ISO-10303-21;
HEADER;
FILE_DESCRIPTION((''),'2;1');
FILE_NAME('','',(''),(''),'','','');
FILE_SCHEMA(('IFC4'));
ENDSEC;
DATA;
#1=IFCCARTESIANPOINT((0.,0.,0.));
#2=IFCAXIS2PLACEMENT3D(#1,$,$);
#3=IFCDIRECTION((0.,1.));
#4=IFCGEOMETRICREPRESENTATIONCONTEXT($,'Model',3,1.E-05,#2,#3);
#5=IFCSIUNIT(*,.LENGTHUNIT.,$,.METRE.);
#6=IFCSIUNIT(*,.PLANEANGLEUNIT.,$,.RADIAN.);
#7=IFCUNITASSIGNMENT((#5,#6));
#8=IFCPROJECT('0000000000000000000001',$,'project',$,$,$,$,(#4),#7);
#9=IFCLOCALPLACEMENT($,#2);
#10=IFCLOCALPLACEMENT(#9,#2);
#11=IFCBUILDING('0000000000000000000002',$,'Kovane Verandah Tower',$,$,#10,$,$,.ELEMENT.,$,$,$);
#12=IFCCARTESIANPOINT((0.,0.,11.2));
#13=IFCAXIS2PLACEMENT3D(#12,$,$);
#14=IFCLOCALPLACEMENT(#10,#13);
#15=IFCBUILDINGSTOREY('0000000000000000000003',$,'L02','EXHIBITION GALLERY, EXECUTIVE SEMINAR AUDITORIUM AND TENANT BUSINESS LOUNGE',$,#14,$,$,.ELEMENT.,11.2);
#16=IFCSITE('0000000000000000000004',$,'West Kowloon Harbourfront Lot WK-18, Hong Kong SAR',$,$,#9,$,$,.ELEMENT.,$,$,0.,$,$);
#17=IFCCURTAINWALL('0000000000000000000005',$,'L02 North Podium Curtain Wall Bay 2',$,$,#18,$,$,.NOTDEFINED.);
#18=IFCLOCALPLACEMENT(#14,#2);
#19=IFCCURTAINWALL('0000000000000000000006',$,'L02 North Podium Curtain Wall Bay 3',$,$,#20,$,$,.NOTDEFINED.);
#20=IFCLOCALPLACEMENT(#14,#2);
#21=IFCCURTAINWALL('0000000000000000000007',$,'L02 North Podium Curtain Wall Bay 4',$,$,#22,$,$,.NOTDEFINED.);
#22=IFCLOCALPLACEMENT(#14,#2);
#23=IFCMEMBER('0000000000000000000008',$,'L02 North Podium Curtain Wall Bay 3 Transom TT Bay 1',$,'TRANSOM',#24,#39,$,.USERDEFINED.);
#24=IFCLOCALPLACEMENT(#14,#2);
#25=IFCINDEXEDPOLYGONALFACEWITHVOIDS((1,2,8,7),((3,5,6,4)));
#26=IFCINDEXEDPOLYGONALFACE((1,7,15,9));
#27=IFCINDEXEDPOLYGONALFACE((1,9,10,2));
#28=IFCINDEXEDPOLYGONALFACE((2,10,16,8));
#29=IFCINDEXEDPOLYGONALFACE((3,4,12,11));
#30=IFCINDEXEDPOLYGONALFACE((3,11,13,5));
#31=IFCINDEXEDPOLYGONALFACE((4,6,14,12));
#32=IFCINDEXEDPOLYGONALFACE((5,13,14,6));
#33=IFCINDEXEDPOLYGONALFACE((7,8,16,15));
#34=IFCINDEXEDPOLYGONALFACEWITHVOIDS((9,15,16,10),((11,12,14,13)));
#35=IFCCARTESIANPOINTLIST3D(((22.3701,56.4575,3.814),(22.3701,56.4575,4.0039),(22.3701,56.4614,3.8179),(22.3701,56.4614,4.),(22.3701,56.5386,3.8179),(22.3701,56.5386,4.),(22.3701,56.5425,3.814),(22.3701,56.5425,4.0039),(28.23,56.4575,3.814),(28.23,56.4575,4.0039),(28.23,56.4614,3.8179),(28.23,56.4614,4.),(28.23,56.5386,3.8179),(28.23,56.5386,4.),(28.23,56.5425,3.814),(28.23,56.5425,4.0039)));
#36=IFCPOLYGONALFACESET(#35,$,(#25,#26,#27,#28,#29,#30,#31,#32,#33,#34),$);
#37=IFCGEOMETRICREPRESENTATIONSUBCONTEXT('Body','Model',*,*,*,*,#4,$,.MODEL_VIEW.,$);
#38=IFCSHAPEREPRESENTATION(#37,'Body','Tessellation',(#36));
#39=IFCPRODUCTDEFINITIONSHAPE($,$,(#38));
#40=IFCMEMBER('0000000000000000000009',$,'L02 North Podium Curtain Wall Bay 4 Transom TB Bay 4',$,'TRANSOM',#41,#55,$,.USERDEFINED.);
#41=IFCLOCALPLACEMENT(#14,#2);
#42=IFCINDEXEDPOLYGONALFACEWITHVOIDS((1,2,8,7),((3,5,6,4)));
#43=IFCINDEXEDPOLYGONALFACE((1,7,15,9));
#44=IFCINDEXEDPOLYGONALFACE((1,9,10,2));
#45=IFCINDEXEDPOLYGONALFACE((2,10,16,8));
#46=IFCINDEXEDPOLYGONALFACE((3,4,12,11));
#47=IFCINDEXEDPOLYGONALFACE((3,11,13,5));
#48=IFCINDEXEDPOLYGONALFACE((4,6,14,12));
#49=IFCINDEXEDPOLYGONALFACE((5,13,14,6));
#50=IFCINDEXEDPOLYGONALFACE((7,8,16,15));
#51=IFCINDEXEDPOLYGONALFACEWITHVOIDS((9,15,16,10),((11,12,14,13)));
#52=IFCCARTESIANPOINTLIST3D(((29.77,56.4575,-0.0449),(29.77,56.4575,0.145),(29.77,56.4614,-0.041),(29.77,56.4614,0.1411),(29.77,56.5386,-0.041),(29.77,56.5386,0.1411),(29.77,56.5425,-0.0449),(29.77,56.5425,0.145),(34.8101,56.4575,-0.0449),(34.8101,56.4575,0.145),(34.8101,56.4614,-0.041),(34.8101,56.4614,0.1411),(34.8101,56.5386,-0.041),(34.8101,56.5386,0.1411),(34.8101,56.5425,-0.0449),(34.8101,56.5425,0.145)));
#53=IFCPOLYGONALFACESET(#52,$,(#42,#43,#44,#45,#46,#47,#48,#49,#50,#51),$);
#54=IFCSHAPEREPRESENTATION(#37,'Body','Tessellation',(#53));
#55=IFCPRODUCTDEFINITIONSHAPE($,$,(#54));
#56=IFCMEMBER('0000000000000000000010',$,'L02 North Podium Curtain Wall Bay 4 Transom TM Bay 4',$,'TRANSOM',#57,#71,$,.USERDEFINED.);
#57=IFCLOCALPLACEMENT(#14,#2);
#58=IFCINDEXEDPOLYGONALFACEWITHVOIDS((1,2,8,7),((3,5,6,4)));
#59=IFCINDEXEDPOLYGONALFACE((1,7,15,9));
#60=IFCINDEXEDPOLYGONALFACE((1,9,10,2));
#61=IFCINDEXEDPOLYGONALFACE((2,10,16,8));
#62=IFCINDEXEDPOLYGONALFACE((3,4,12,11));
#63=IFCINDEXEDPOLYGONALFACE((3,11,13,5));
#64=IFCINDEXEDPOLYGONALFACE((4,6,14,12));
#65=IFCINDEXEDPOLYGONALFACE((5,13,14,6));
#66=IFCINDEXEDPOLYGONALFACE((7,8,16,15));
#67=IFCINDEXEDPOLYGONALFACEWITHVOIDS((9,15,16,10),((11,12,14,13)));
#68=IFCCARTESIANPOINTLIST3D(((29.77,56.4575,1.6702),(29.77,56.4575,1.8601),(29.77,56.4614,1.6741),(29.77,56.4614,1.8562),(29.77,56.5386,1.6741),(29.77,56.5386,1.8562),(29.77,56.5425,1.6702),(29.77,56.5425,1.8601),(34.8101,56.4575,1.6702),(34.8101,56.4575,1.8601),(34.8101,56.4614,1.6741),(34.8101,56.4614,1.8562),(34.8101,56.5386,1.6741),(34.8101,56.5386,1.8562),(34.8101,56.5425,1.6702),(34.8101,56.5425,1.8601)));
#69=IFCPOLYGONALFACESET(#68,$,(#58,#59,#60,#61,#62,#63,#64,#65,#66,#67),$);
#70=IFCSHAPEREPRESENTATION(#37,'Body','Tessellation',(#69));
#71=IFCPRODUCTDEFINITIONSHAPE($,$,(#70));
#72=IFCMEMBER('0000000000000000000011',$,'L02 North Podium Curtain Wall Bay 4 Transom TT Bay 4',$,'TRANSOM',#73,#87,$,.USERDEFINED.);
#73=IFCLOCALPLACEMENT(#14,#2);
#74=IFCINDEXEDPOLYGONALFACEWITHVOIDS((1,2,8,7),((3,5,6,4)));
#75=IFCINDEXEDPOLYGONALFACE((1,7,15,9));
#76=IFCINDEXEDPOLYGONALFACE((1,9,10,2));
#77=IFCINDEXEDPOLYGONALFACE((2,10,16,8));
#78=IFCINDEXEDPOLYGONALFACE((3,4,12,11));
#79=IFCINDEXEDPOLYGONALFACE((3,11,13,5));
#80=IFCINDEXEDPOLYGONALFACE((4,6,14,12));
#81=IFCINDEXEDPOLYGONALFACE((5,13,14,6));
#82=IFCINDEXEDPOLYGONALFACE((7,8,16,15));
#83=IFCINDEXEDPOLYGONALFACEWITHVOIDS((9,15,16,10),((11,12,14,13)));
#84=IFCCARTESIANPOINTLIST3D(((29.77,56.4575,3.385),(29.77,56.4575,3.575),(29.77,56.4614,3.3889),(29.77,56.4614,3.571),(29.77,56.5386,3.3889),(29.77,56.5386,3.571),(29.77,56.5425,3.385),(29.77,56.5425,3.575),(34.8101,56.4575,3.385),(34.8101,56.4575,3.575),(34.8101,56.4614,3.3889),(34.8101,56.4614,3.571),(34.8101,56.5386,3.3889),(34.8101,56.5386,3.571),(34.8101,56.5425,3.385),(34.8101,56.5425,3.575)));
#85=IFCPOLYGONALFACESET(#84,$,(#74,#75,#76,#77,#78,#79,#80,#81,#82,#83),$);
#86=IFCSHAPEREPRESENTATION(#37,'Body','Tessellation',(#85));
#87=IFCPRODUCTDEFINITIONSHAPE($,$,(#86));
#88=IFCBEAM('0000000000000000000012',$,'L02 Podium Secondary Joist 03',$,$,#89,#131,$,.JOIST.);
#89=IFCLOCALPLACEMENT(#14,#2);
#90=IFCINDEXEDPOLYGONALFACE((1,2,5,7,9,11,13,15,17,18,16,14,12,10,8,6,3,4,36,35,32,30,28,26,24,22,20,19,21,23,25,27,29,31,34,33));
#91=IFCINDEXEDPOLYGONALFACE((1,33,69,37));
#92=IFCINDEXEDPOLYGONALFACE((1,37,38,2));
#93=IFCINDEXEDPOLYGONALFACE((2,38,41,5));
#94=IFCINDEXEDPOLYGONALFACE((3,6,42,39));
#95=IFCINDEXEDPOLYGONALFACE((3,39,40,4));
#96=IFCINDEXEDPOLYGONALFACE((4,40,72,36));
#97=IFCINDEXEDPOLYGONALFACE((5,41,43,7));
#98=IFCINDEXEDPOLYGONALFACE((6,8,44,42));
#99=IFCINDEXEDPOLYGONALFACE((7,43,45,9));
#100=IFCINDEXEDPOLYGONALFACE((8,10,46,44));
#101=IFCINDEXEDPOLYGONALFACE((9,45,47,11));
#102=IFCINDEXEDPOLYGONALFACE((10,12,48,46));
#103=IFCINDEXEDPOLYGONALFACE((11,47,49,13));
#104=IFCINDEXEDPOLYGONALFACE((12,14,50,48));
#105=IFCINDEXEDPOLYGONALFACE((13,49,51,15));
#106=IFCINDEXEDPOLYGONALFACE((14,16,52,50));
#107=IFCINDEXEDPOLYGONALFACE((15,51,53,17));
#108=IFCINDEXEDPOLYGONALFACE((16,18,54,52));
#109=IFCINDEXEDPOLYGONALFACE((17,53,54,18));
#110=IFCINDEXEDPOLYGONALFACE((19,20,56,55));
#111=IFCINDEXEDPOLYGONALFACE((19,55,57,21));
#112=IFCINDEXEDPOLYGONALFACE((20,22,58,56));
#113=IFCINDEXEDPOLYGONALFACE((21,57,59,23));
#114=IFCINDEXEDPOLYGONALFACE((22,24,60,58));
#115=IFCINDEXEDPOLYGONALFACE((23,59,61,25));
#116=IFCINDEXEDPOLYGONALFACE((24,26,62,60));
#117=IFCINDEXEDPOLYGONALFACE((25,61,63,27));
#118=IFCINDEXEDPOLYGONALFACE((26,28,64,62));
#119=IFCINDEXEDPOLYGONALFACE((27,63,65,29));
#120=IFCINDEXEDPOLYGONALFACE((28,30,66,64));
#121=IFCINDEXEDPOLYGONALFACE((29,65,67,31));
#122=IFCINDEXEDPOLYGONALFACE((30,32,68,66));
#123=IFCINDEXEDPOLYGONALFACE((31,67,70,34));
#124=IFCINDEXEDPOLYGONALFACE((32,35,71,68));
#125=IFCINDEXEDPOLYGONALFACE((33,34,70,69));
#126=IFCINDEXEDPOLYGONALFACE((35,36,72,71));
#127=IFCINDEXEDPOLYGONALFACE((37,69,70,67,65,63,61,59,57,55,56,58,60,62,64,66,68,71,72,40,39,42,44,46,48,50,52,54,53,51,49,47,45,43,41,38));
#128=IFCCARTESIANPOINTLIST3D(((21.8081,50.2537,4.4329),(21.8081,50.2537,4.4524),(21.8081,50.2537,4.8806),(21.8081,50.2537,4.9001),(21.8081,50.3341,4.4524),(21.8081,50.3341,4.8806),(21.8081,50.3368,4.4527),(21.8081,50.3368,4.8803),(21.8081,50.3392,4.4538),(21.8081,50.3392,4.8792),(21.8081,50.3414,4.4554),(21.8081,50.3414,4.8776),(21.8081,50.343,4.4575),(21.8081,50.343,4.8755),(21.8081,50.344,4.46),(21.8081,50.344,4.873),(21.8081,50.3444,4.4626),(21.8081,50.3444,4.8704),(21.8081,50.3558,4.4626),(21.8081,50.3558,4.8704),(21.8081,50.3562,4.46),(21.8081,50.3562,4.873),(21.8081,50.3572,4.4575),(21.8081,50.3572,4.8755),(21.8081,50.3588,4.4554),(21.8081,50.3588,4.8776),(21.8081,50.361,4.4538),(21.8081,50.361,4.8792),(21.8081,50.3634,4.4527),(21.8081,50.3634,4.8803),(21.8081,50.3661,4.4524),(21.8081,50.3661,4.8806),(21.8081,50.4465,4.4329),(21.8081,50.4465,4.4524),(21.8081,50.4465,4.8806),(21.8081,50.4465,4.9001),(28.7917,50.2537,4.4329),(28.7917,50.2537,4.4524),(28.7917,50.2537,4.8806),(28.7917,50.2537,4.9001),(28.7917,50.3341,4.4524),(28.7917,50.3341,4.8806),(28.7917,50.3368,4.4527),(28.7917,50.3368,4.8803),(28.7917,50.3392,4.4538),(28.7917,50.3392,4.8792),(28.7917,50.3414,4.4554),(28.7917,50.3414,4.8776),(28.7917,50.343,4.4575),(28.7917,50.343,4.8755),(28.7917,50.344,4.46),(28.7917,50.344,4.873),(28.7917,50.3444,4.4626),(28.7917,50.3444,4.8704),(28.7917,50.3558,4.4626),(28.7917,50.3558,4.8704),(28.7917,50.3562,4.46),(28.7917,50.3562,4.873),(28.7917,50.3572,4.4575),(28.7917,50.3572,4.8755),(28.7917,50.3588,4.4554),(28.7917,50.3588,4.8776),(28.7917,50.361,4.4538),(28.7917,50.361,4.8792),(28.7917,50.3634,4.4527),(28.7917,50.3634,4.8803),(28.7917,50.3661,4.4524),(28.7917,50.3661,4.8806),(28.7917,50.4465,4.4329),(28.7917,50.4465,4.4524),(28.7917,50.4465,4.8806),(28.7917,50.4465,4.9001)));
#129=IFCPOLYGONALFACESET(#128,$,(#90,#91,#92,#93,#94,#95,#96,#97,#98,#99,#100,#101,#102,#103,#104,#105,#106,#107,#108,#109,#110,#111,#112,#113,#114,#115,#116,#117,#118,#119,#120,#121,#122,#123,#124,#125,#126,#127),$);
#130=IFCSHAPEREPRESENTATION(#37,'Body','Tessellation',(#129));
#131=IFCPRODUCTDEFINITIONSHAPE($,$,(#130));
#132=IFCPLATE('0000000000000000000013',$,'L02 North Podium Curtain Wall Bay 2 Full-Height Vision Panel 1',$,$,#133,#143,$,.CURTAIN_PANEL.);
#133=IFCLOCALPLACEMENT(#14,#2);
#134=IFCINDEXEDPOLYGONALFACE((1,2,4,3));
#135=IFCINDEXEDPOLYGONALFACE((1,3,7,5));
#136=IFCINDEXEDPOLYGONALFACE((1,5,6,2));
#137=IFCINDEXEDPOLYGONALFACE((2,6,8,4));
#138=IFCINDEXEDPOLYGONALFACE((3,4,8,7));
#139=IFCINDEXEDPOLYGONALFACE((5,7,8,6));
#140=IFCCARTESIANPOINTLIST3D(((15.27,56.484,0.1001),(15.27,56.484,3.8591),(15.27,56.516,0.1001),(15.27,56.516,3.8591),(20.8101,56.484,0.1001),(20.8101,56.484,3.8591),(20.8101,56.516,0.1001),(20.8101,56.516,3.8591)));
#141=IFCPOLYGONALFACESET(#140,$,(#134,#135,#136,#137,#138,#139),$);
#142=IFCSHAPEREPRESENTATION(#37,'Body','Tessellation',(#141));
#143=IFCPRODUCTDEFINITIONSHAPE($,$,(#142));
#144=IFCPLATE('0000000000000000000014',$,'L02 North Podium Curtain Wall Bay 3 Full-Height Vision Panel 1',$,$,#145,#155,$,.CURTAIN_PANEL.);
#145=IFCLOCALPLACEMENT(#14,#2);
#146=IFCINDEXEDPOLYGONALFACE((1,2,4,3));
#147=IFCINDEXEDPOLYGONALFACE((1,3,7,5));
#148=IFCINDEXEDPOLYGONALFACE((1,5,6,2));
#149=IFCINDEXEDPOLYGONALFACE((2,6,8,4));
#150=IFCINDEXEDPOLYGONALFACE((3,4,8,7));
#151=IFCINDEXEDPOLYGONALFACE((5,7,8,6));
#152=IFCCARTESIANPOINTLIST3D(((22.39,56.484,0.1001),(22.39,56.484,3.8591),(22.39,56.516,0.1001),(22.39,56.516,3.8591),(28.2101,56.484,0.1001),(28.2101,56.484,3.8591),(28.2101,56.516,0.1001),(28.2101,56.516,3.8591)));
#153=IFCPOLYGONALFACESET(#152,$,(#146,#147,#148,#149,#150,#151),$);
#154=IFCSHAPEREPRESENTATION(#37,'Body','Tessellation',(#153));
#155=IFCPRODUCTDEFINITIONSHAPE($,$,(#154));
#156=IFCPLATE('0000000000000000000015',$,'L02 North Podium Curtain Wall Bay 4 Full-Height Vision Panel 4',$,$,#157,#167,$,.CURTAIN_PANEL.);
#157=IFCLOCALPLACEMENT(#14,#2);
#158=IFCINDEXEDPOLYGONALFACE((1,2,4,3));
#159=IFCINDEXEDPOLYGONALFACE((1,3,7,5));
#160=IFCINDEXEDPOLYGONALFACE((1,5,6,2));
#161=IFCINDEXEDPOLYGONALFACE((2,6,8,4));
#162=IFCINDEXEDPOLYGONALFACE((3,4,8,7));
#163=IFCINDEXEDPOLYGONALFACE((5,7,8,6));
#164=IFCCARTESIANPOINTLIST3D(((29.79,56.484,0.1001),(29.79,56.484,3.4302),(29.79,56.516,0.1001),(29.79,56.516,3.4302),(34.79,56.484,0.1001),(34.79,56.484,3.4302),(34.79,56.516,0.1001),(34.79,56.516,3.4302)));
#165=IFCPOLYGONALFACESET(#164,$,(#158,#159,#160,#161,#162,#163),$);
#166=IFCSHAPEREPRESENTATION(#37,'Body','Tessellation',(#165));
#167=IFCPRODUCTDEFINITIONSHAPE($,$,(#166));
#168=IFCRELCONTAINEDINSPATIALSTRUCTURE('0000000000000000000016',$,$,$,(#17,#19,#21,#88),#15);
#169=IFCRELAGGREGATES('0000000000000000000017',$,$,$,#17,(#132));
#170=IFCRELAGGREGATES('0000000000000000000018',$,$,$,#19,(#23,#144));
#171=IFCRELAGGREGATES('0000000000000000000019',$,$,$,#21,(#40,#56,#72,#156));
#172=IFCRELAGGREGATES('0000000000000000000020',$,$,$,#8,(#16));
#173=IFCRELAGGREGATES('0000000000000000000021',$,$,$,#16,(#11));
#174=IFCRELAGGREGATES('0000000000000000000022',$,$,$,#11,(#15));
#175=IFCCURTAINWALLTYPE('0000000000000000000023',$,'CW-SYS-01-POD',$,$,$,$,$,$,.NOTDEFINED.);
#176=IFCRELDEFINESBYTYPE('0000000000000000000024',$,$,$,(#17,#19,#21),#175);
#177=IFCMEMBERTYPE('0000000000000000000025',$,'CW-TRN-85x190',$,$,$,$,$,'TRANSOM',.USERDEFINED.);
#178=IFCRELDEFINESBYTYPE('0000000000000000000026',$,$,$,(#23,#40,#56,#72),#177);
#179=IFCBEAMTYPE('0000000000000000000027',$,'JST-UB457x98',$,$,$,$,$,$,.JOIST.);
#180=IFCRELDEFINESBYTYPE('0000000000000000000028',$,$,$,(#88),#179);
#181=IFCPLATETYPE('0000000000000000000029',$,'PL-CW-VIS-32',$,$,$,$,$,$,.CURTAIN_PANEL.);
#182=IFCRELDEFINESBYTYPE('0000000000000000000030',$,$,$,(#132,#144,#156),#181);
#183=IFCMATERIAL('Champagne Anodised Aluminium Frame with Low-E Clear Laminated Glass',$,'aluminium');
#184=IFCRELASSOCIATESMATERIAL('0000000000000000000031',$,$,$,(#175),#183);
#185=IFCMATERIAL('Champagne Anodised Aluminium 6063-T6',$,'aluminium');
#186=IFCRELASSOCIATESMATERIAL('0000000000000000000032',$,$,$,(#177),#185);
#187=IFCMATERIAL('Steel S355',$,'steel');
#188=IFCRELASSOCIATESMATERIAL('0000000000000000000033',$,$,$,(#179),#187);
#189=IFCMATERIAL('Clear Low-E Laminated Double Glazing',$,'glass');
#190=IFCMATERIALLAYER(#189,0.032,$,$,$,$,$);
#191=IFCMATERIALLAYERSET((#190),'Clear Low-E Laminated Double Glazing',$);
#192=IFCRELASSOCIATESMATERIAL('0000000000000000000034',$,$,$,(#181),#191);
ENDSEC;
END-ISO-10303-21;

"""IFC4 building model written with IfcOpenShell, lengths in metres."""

from ifc_helpers import new_model, si_unit, direction, frame, origin, origin_2d, place, context, subcontext, project, spatial, rectangle, hollow_rectangle, i_section, extrude, material, layer, layer_set, material_profile, profile_set, type_object, element, aggregate, save


model = new_model("IFC4")

# Units and contexts
model_context = context("Model", 3, precision=1e-05, world=origin(), true_north=direction((0.0, 1.0)))
body_context = subcontext(model_context, "Body", "Model", "MODEL_VIEW")
ifc_project = project(units=[si_unit("LENGTHUNIT", "METRE"), si_unit("PLANEANGLEUNIT", "RADIAN")], contexts=[model_context])

# Site, building, storey
site_placement = place(None, origin())
site = spatial("IfcSite", under=ifc_project, at=site_placement, Name="West Kowloon Harbourfront Lot WK-18, Hong Kong SAR", CompositionType="ELEMENT", RefElevation=0.0)
building_placement = place(site_placement, origin())
building = spatial("IfcBuilding", under=site, at=building_placement, Name="Kovane Verandah Tower", CompositionType="ELEMENT")
storey_placement = place(building_placement, frame((0.0, 0.0, 11.2)))
storey = spatial("IfcBuildingStorey", under=building, at=storey_placement, Name="L02", Description="EXHIBITION GALLERY, EXECUTIVE SEMINAR AUDITORIUM AND TENANT BUSINESS LOUNGE", CompositionType="ELEMENT", Elevation=11.2)

# Curtain walls
ifc_material_1 = material(Name="Champagne Anodised Aluminium Frame with Low-E Clear Laminated Glass", Category="aluminium")
curtain_wall_type = type_object("IfcCurtainWallType", Name="CW-SYS-01-POD", PredefinedType="NOTDEFINED", material=ifc_material_1)
curtain_wall_1_placement = place(storey_placement, origin())
curtain_wall_1 = element("IfcCurtainWall", 1, at=curtain_wall_1_placement, inside=storey, type_object=curtain_wall_type, Name="L02 North Podium Curtain Wall Bay 2", PredefinedType="NOTDEFINED")
ifc_material_2 = material(Name="Champagne Anodised Aluminium 6063-T6", Category="aluminium")
curtain_wall_2_placement = place(storey_placement, origin())
curtain_wall_2 = element("IfcCurtainWall", 2, at=curtain_wall_2_placement, inside=storey, type_object=curtain_wall_type, Name="L02 North Podium Curtain Wall Bay 3", PredefinedType="NOTDEFINED")
curtain_wall_3_placement = place(storey_placement, origin())
curtain_wall_3 = element("IfcCurtainWall", 3, at=curtain_wall_3_placement, inside=storey, type_object=curtain_wall_type, Name="L02 North Podium Curtain Wall Bay 4", PredefinedType="NOTDEFINED")

# Members
ifc_material_profile_1 = material_profile(ifc_material_2, hollow_rectangle(XDim=0.085, YDim=0.1899, WallThickness=0.0039, at=origin_2d()), Name="AL85x190x4")
ifc_profile_set_1 = profile_set([ifc_material_profile_1], Name="Champagne Anodised Aluminium 6063-T6")
member_type_1 = type_object("IfcMemberType", Name="CW-TRN-85x190", ElementType="TRANSOM", PredefinedType="USERDEFINED", material=ifc_profile_set_1)
member_1_placement = place(storey_placement, frame((28.23, 56.5, 3.9089), z_axis=(-1.0, 0.0, 0.0), x_axis=(0.0, -1.0, 0.0)))
member_1 = element("IfcMember", 4, at=member_1_placement, type_object=member_type_1, Name="L02 North Podium Curtain Wall Bay 3 Transom TT Bay 1", ObjectType="TRANSOM", PredefinedType="USERDEFINED", context=body_context, shape_type="SweptSolid", body=[
    extrude(hollow_rectangle(XDim=0.085, YDim=0.1899, WallThickness=0.0039, at=origin_2d()), origin(), (0.0, 0.0, 1.0), 5.8599),
])
member_2_placement = place(storey_placement, frame((34.8101, 56.5, 0.05), z_axis=(-1.0, 0.0, 0.0), x_axis=(0.0, -1.0, 0.0)))
member_2 = element("IfcMember", 5, at=member_2_placement, type_object=member_type_1, Name="L02 North Podium Curtain Wall Bay 4 Transom TB Bay 4", ObjectType="TRANSOM", PredefinedType="USERDEFINED", context=body_context, shape_type="SweptSolid", body=[
    extrude(hollow_rectangle(XDim=0.085, YDim=0.1899, WallThickness=0.0039, at=origin_2d()), origin(), (0.0, 0.0, 1.0), 5.04),
])
member_3_placement = place(storey_placement, frame((34.8101, 56.5, 1.7651), z_axis=(-1.0, 0.0, 0.0), x_axis=(0.0, -1.0, 0.0)))
member_3 = element("IfcMember", 6, at=member_3_placement, type_object=member_type_1, Name="L02 North Podium Curtain Wall Bay 4 Transom TM Bay 4", ObjectType="TRANSOM", PredefinedType="USERDEFINED", context=body_context, shape_type="SweptSolid", body=[
    extrude(hollow_rectangle(XDim=0.085, YDim=0.1899, WallThickness=0.0039, at=origin_2d()), origin(), (0.0, 0.0, 1.0), 5.04),
])
member_4_placement = place(storey_placement, frame((34.8101, 56.5, 3.48), z_axis=(-1.0, 0.0, 0.0), x_axis=(0.0, -1.0, 0.0)))
member_4 = element("IfcMember", 7, at=member_4_placement, type_object=member_type_1, Name="L02 North Podium Curtain Wall Bay 4 Transom TT Bay 4", ObjectType="TRANSOM", PredefinedType="USERDEFINED", context=body_context, shape_type="SweptSolid", body=[
    extrude(hollow_rectangle(XDim=0.085, YDim=0.1899, WallThickness=0.0039, at=origin_2d()), origin(), (0.0, 0.0, 1.0), 5.04),
])

# Beam
ifc_material_3 = material(Name="Steel S355", Category="steel")
ifc_material_profile_2 = material_profile(ifc_material_3, i_section(OverallWidth=0.1929, OverallDepth=0.4673, WebThickness=0.0115, FlangeThickness=0.0195, FilletRadius=0.0103, at=origin_2d()), Name="UB457x191x98")
ifc_profile_set_2 = profile_set([ifc_material_profile_2], Name="Steel S355")
beam_type_1 = type_object("IfcBeamType", Name="JST-UB457x98", PredefinedType="JOIST", material=ifc_profile_set_2)
beam_1_placement = place(storey_placement, frame((21.8081, 50.3501, 4.6665), z_axis=(1.0, 0.0, 0.0), x_axis=(0.0, 1.0, 0.0)))
element("IfcBeam", 8, at=beam_1_placement, inside=storey, type_object=beam_type_1, Name="L02 Podium Secondary Joist 03", PredefinedType="JOIST", context=body_context, shape_type="SweptSolid", body=[
    extrude(i_section(OverallWidth=0.1929, OverallDepth=0.4673, WebThickness=0.0115, FlangeThickness=0.0195, FilletRadius=0.0103, at=origin_2d()), origin(), (0.0, 0.0, 1.0), 6.9836),
])

# Plates
ifc_material_4 = material(Name="Clear Low-E Laminated Double Glazing", Category="glass")
ifc_layer = layer(ifc_material_4, 0.032)
ifc_layer_set = layer_set([ifc_layer], Name="Clear Low-E Laminated Double Glazing")
plate_type = type_object("IfcPlateType", Name="PL-CW-VIS-32", PredefinedType="CURTAIN_PANEL", material=ifc_layer_set)
plate_1_placement = place(storey_placement, frame((18.04, 56.5, 0.1001), z_axis=(0.0, 0.0, 1.0), x_axis=(-1.0, 0.0, 0.0)))
plate_1 = element("IfcPlate", 9, at=plate_1_placement, type_object=plate_type, Name="L02 North Podium Curtain Wall Bay 2 Full-Height Vision Panel 1", PredefinedType="CURTAIN_PANEL", context=body_context, shape_type="SweptSolid", body=[
    extrude(rectangle(XDim=5.54, YDim=0.032, at=origin_2d()), origin(), (0.0, 0.0, 1.0), 3.759),
])
aggregate(curtain_wall_1, [plate_1])
plate_2_placement = place(storey_placement, frame((25.3, 56.5, 0.1001), z_axis=(0.0, 0.0, 1.0), x_axis=(-1.0, 0.0, 0.0)))
plate_2 = element("IfcPlate", 10, at=plate_2_placement, type_object=plate_type, Name="L02 North Podium Curtain Wall Bay 3 Full-Height Vision Panel 1", PredefinedType="CURTAIN_PANEL", context=body_context, shape_type="SweptSolid", body=[
    extrude(rectangle(XDim=5.8201, YDim=0.032, at=origin_2d()), origin(), (0.0, 0.0, 1.0), 3.759),
])
aggregate(curtain_wall_2, [member_1, plate_2])
plate_3_placement = place(storey_placement, frame((32.29, 56.5, 0.1001), z_axis=(0.0, 0.0, 1.0), x_axis=(-1.0, 0.0, 0.0)))
plate_3 = element("IfcPlate", 11, at=plate_3_placement, type_object=plate_type, Name="L02 North Podium Curtain Wall Bay 4 Full-Height Vision Panel 4", PredefinedType="CURTAIN_PANEL", context=body_context, shape_type="SweptSolid", body=[
    extrude(rectangle(XDim=5.0, YDim=0.032, at=origin_2d()), origin(), (0.0, 0.0, 1.0), 3.3301),
])
aggregate(curtain_wall_3, [member_2, member_3, member_4, plate_3])

save(model, "model.ifc")
